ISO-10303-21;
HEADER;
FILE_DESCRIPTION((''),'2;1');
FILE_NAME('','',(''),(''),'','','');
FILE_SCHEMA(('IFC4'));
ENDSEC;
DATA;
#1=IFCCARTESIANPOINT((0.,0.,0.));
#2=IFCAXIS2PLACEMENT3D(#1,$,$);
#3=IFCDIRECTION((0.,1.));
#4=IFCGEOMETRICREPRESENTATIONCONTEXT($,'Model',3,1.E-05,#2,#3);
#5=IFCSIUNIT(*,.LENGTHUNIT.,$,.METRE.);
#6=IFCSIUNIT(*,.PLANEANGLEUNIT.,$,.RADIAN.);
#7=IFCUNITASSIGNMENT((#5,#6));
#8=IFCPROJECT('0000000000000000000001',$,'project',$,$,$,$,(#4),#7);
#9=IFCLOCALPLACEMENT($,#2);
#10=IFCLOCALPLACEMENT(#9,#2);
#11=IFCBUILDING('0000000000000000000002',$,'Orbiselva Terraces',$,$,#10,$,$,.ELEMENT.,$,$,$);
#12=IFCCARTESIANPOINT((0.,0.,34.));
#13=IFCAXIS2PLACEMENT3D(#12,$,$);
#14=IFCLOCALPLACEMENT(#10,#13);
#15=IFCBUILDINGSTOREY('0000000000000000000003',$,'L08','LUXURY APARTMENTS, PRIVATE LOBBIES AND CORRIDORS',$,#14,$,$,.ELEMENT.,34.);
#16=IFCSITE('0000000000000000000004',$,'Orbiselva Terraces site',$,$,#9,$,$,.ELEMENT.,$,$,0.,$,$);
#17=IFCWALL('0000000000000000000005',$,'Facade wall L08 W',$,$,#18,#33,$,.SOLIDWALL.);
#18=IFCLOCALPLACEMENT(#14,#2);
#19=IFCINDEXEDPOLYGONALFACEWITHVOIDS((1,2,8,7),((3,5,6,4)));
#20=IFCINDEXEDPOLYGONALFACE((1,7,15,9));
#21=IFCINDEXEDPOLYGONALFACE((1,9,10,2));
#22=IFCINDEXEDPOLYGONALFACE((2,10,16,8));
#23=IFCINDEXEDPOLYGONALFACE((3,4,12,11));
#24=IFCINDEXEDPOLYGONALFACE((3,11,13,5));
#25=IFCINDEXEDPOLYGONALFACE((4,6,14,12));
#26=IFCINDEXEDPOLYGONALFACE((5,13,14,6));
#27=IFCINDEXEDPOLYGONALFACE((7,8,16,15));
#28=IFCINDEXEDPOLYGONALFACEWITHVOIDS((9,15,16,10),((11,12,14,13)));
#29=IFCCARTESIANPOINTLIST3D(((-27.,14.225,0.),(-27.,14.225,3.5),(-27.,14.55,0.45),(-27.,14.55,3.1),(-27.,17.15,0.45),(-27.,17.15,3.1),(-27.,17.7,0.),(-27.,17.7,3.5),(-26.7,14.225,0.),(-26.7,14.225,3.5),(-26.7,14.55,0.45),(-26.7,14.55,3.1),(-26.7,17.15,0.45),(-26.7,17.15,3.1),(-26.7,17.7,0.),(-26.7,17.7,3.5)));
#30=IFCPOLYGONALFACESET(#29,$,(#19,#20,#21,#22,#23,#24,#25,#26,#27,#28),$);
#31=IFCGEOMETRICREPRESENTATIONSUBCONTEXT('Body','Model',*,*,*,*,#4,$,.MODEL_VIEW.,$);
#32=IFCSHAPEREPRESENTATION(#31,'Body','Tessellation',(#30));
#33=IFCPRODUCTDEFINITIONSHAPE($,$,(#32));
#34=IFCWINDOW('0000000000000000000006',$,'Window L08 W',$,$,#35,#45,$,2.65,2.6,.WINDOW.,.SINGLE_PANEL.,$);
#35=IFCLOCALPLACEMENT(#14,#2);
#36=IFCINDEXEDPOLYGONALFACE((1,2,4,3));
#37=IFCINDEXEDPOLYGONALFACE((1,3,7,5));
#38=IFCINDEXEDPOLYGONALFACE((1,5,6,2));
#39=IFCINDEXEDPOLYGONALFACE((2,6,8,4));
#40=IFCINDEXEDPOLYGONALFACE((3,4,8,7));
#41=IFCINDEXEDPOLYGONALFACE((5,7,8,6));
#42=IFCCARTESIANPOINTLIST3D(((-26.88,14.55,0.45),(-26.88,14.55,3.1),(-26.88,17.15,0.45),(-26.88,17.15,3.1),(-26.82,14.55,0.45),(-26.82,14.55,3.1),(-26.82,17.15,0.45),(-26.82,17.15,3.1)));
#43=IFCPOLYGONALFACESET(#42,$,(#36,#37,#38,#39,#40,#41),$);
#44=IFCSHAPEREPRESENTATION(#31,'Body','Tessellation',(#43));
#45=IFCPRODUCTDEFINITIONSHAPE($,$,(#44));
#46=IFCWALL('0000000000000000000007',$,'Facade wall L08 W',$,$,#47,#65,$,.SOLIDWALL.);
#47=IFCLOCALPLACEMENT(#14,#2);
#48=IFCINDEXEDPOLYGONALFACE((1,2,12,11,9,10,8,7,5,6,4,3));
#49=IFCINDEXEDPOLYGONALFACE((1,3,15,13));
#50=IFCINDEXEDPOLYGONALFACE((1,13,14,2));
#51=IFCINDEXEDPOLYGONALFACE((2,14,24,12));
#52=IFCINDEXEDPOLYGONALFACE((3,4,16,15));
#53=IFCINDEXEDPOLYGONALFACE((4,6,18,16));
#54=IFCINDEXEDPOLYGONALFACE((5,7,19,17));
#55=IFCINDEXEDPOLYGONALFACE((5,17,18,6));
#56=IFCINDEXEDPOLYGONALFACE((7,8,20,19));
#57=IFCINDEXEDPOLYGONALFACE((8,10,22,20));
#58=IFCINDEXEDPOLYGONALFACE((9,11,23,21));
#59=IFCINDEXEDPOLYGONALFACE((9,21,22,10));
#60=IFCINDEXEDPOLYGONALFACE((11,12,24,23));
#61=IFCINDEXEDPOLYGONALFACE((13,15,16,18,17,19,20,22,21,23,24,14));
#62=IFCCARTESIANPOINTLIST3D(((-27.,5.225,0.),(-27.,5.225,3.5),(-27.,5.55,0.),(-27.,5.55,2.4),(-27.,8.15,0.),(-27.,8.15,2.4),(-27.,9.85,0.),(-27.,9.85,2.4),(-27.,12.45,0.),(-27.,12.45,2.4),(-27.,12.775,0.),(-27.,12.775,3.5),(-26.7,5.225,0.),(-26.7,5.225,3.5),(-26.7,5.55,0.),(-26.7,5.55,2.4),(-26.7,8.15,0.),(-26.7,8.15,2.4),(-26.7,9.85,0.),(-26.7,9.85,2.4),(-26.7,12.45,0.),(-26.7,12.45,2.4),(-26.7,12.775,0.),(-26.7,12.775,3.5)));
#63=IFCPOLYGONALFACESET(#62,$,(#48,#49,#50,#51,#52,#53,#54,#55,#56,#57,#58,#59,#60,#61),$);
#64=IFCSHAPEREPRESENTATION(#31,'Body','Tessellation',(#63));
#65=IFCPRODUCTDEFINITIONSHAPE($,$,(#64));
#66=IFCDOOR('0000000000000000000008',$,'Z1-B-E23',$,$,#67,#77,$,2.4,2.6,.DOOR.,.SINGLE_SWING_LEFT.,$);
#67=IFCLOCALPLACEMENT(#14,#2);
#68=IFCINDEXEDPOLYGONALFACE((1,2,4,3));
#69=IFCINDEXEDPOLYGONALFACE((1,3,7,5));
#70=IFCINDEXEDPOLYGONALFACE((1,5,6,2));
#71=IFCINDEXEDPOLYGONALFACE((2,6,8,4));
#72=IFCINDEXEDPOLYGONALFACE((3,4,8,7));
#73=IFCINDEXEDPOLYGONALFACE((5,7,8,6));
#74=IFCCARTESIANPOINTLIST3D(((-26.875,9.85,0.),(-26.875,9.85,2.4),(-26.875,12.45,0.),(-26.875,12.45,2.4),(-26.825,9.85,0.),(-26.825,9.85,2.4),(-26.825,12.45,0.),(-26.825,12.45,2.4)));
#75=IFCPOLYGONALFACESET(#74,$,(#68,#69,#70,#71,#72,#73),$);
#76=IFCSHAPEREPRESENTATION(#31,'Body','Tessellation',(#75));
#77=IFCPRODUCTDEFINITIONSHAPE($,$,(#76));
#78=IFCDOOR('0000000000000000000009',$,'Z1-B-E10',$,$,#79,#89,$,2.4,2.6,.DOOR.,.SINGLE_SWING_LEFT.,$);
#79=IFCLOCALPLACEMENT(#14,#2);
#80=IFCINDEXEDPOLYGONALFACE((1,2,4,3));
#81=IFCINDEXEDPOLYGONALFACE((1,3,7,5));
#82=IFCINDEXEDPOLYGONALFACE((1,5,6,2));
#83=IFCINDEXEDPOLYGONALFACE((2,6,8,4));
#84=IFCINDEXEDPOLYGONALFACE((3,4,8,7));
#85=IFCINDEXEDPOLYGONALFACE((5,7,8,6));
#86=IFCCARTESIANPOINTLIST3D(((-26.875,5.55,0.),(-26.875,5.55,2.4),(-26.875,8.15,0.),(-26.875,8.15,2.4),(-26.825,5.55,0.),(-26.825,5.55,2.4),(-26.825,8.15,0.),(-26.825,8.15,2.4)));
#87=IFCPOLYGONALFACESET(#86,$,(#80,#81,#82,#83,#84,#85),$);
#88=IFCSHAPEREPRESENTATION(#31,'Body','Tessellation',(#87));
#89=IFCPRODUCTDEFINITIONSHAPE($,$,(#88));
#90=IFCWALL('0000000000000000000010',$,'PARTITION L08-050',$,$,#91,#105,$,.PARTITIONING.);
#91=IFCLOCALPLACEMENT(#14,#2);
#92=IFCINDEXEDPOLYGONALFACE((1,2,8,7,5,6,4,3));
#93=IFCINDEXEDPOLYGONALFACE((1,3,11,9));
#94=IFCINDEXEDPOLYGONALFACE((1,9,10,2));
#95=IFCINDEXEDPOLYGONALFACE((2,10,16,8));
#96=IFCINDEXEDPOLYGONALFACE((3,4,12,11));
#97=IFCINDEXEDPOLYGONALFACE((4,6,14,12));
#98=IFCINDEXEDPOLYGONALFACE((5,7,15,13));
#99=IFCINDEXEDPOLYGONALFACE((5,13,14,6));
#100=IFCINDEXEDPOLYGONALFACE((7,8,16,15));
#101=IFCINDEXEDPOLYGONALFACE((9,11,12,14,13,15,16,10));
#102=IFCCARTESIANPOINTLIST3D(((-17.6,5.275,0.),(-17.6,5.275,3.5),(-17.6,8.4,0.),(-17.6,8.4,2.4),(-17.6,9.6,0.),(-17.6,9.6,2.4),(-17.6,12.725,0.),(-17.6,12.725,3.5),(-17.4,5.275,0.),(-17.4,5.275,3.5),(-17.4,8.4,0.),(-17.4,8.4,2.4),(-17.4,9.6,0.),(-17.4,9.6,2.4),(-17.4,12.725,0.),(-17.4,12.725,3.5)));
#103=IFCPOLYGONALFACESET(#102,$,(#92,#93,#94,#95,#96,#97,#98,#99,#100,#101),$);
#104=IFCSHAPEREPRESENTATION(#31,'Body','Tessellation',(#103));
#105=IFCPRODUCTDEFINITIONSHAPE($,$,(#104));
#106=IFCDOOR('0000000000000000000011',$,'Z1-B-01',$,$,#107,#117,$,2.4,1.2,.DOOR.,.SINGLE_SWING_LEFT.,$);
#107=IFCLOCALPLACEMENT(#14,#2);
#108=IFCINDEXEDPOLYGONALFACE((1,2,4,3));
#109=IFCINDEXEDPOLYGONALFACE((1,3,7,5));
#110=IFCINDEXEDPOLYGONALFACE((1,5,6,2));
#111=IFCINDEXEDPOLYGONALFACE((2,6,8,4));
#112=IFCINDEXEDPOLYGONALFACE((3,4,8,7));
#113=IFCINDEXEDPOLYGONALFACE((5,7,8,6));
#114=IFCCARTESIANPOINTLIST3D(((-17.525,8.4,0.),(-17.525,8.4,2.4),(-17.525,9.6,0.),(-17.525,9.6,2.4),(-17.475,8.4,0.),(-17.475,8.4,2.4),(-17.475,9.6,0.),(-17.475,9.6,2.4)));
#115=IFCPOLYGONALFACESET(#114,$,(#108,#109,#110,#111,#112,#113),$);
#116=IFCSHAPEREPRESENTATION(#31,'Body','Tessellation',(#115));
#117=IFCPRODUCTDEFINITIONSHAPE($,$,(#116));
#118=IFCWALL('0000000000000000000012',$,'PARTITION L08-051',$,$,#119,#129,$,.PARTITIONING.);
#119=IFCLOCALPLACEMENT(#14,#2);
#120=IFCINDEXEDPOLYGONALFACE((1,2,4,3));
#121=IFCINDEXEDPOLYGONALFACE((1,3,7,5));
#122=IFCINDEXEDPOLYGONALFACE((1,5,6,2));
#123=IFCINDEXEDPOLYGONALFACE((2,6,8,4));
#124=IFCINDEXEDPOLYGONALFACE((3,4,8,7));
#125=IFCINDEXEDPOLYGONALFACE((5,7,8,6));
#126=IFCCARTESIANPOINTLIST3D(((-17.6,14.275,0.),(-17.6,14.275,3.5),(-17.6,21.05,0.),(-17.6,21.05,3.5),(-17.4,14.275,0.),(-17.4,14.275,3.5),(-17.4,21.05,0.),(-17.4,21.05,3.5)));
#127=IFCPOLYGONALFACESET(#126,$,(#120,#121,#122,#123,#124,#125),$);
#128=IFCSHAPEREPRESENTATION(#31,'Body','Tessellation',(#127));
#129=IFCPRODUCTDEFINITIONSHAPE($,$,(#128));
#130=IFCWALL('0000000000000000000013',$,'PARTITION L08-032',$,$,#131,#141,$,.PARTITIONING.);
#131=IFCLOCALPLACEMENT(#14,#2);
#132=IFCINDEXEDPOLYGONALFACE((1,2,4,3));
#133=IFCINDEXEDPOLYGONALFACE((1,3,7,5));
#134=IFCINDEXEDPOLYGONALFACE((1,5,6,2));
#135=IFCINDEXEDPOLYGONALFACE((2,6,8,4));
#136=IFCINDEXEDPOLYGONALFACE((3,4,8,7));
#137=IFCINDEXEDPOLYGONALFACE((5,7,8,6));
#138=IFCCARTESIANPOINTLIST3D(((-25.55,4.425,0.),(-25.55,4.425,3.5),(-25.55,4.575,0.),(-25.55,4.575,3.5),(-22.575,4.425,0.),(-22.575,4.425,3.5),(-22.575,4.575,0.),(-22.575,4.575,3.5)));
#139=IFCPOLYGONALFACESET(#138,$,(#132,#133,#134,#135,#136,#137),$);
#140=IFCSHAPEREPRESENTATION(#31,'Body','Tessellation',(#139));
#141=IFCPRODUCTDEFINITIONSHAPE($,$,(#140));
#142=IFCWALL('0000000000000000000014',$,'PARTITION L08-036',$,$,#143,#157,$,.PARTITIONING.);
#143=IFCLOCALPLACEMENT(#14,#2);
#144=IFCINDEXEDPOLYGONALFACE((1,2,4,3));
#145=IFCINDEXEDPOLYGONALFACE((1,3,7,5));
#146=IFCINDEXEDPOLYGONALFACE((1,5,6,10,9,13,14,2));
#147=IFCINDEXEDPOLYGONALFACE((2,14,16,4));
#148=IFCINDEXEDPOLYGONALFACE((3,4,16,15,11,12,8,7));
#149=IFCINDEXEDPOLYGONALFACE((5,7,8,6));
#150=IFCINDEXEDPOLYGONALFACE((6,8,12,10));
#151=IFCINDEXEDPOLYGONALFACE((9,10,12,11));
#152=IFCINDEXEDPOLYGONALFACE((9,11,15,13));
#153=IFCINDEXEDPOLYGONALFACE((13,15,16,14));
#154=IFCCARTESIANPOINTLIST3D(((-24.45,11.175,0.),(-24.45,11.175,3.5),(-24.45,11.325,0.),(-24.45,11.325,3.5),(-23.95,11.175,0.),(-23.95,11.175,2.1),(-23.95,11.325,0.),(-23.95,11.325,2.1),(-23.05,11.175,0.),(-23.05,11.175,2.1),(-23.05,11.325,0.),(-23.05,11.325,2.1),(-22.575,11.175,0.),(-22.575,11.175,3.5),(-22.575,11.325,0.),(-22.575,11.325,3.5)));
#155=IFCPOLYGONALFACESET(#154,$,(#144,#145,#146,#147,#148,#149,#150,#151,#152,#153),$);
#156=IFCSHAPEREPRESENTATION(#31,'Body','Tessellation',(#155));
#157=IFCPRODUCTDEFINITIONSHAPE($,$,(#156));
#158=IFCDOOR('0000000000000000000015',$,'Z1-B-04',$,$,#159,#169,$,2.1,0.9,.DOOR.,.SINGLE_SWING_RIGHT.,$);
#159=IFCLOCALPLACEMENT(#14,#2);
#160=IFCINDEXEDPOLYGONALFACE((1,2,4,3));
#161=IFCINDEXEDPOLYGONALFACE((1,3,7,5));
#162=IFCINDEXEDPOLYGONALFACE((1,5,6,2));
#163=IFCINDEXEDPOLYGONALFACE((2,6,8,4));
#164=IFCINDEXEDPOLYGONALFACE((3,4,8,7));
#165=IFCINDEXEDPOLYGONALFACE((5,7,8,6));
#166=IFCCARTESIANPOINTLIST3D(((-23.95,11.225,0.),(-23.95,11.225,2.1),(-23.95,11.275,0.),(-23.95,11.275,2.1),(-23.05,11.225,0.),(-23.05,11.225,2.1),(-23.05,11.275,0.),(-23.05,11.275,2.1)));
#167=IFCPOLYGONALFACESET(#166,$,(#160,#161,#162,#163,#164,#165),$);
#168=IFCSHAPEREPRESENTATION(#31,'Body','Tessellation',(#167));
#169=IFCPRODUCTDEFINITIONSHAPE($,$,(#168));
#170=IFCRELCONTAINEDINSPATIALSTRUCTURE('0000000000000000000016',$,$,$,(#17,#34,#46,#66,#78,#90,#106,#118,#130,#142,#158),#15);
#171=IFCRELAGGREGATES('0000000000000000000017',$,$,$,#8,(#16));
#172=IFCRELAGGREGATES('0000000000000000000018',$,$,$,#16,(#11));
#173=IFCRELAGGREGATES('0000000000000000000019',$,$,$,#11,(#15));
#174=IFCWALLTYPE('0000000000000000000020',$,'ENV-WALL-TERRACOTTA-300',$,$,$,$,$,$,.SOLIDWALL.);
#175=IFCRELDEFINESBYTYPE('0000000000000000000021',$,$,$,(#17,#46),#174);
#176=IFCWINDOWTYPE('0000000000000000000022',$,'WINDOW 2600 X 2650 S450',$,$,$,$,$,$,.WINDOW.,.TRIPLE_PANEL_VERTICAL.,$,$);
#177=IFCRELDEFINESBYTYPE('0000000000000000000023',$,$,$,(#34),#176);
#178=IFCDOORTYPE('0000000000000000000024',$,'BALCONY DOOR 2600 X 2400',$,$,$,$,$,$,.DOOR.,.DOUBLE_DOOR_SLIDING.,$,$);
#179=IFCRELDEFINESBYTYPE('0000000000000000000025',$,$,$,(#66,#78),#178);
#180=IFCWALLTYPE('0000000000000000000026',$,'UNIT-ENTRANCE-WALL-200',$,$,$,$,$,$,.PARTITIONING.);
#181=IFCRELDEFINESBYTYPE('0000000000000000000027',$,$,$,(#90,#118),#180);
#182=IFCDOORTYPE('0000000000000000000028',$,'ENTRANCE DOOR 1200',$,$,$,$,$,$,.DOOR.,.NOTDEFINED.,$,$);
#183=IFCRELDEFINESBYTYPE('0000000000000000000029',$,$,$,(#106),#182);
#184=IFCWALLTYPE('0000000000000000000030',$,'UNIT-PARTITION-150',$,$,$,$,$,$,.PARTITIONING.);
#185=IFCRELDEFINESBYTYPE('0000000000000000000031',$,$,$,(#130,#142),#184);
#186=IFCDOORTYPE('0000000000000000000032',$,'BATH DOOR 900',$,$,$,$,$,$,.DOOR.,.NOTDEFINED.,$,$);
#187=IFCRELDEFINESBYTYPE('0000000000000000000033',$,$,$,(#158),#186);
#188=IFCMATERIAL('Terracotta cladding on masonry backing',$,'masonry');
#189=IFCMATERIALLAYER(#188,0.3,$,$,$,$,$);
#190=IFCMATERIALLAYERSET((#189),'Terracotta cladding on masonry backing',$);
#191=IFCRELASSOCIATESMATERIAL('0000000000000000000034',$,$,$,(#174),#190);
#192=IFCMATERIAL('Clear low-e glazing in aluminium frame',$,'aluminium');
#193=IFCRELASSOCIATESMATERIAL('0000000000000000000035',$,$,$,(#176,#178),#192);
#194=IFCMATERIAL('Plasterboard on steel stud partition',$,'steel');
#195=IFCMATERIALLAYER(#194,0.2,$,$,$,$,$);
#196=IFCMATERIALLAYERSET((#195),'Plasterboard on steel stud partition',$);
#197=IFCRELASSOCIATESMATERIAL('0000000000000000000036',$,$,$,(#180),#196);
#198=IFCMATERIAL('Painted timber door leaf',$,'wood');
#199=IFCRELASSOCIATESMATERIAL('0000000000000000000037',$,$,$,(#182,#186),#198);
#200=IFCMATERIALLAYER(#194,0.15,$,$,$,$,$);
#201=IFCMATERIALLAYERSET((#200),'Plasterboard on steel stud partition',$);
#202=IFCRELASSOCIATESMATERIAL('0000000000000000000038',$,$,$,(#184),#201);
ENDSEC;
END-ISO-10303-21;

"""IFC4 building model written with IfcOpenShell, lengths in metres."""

from ifc_helpers import new_model, si_unit, direction, frame, frame_2d, origin, place, context, subcontext, project, spatial, rectangle, extrude, material, layer, layer_set, type_object, element, fill, save


model = new_model("IFC4")

# Units and contexts
model_context = context("Model", 3, precision=1e-05, world=origin(), true_north=direction((0.0, 1.0)))
body_context = subcontext(model_context, "Body", "Model", "MODEL_VIEW")
ifc_project = project(units=[si_unit("LENGTHUNIT", "METRE"), si_unit("PLANEANGLEUNIT", "RADIAN")], contexts=[model_context])

# Site, building, storey
site_placement = place(None, origin())
site = spatial("IfcSite", under=ifc_project, at=site_placement, Name="Orbiselva Terraces site", CompositionType="ELEMENT", RefElevation=0.0)
building_placement = place(site_placement, origin())
building = spatial("IfcBuilding", under=site, at=building_placement, Name="Orbiselva Terraces", CompositionType="ELEMENT")
storey_placement = place(building_placement, frame((0.0, 0.0, 34.0)))
storey = spatial("IfcBuildingStorey", under=building, at=storey_placement, Name="L08", Description="LUXURY APARTMENTS, PRIVATE LOBBIES AND CORRIDORS", CompositionType="ELEMENT", Elevation=34.0)

# Wall, opening, window
ifc_material_1 = material(Name="Terracotta cladding on masonry backing", Category="masonry")
ifc_layer_1 = layer(ifc_material_1, 0.3)
ifc_layer_set_1 = layer_set([ifc_layer_1], Name="Terracotta cladding on masonry backing")
wall_type_1 = type_object("IfcWallType", Name="ENV-WALL-TERRACOTTA-300", PredefinedType="SOLIDWALL", material=ifc_layer_set_1)
wall_1_placement = place(storey_placement, frame((-26.85, 14.225, 0.0), z_axis=(0.0, 0.0, 1.0), x_axis=(0.0, 1.0, 0.0)))
wall_1 = element("IfcWall", 1, at=wall_1_placement, inside=storey, type_object=wall_type_1, Name="Facade wall L08 W", PredefinedType="SOLIDWALL", context=body_context, shape_type="SweptSolid", body=[
    extrude(rectangle(XDim=3.475, YDim=0.3, at=frame_2d((1.7375, 0.0))), origin(), (0.0, 0.0, 1.0), 3.5),
])
opening_1_placement = place(wall_1_placement, frame((0.325, 0.0, 0.45)))
opening_1 = element("IfcOpeningElement", 2, at=opening_1_placement, cuts=wall_1, PredefinedType="OPENING", context=body_context, shape_type="SweptSolid", body=[
    extrude(rectangle(XDim=2.6, YDim=2.65, at=frame_2d((1.3, 1.325))), frame((0.0, 0.16, 0.0), z_axis=(0.0, -1.0, 0.0), x_axis=(1.0, 0.0, 0.0)), (0.0, 0.0, 1.0), 0.32),
])
ifc_material_2 = material(Name="Clear low-e glazing in aluminium frame", Category="aluminium")
window_type = type_object("IfcWindowType", Name="WINDOW 2600 X 2650 S450", PartitioningType="TRIPLE_PANEL_VERTICAL", PredefinedType="WINDOW", material=ifc_material_2)
window_placement = place(opening_1_placement, origin())
window = element("IfcWindow", 3, at=window_placement, inside=storey, type_object=window_type, Name="Window L08 W", OverallHeight=2.65, OverallWidth=2.6, PartitioningType="SINGLE_PANEL", PredefinedType="WINDOW", context=body_context, shape_type="SweptSolid", body=[
    extrude(rectangle(XDim=2.6, YDim=2.65, at=frame_2d((1.3, 1.325))), frame((0.0, 0.03, 0.0), z_axis=(0.0, -1.0, 0.0), x_axis=(1.0, 0.0, 0.0)), (0.0, 0.0, 1.0), 0.06),
])
fill(opening_1, window)

# Wall, openings, doors
wall_2_placement = place(storey_placement, frame((-26.85, 5.225, 0.0), z_axis=(0.0, 0.0, 1.0), x_axis=(0.0, 1.0, 0.0)))
wall_2 = element("IfcWall", 4, at=wall_2_placement, inside=storey, type_object=wall_type_1, Name="Facade wall L08 W", PredefinedType="SOLIDWALL", context=body_context, shape_type="SweptSolid", body=[
    extrude(rectangle(XDim=7.55, YDim=0.3, at=frame_2d((3.775, 0.0))), origin(), (0.0, 0.0, 1.0), 3.5),
])
opening_2_placement = place(wall_2_placement, frame((4.625, 0.0, 0.0)))
opening_2 = element("IfcOpeningElement", 5, at=opening_2_placement, cuts=wall_2, PredefinedType="OPENING", context=body_context, shape_type="SweptSolid", body=[
    extrude(rectangle(XDim=2.6, YDim=2.4, at=frame_2d((1.3, 1.2))), frame((0.0, 0.16, 0.0), z_axis=(0.0, -1.0, 0.0), x_axis=(1.0, 0.0, 0.0)), (0.0, 0.0, 1.0), 0.32),
])
opening_3_placement = place(wall_2_placement, frame((0.325, 0.0, 0.0)))
opening_3 = element("IfcOpeningElement", 6, at=opening_3_placement, cuts=wall_2, PredefinedType="OPENING", context=body_context, shape_type="SweptSolid", body=[
    extrude(rectangle(XDim=2.6, YDim=2.4, at=frame_2d((1.3, 1.2))), frame((0.0, 0.16, 0.0), z_axis=(0.0, -1.0, 0.0), x_axis=(1.0, 0.0, 0.0)), (0.0, 0.0, 1.0), 0.32),
])
door_type_1 = type_object("IfcDoorType", Name="BALCONY DOOR 2600 X 2400", OperationType="DOUBLE_DOOR_SLIDING", PredefinedType="DOOR", material=ifc_material_2)
door_1_placement = place(opening_2_placement, origin())
door_1 = element("IfcDoor", 7, at=door_1_placement, inside=storey, type_object=door_type_1, Name="Z1-B-E23", OperationType="SINGLE_SWING_LEFT", OverallHeight=2.4, OverallWidth=2.6, PredefinedType="DOOR", context=body_context, shape_type="SweptSolid", body=[
    extrude(rectangle(XDim=2.6, YDim=2.4, at=frame_2d((1.3, 1.2))), frame((0.0, 0.025, 0.0), z_axis=(0.0, -1.0, 0.0), x_axis=(1.0, 0.0, 0.0)), (0.0, 0.0, 1.0), 0.05),
])
fill(opening_2, door_1)
door_2_placement = place(opening_3_placement, origin())
door_2 = element("IfcDoor", 8, at=door_2_placement, inside=storey, type_object=door_type_1, Name="Z1-B-E10", OperationType="SINGLE_SWING_LEFT", OverallHeight=2.4, OverallWidth=2.6, PredefinedType="DOOR", context=body_context, shape_type="SweptSolid", body=[
    extrude(rectangle(XDim=2.6, YDim=2.4, at=frame_2d((1.3, 1.2))), frame((0.0, 0.025, 0.0), z_axis=(0.0, -1.0, 0.0), x_axis=(1.0, 0.0, 0.0)), (0.0, 0.0, 1.0), 0.05),
])
fill(opening_3, door_2)

# Wall, opening, door
ifc_material_3 = material(Name="Plasterboard on steel stud partition", Category="steel")
ifc_layer_2 = layer(ifc_material_3, 0.2)
ifc_layer_set_2 = layer_set([ifc_layer_2], Name="Plasterboard on steel stud partition")
wall_type_2 = type_object("IfcWallType", Name="UNIT-ENTRANCE-WALL-200", PredefinedType="PARTITIONING", material=ifc_layer_set_2)
wall_3_placement = place(storey_placement, frame((-17.5, 5.275, 0.0), z_axis=(0.0, 0.0, 1.0), x_axis=(0.0, 1.0, 0.0)))
wall_3 = element("IfcWall", 9, at=wall_3_placement, inside=storey, type_object=wall_type_2, Name="PARTITION L08-050", PredefinedType="PARTITIONING", context=body_context, shape_type="SweptSolid", body=[
    extrude(rectangle(XDim=7.45, YDim=0.2, at=frame_2d((3.725, 0.0))), origin(), (0.0, 0.0, 1.0), 3.5),
])
opening_4_placement = place(wall_3_placement, frame((3.125, 0.0, 0.0)))
opening_4 = element("IfcOpeningElement", 10, at=opening_4_placement, cuts=wall_3, PredefinedType="OPENING", context=body_context, shape_type="SweptSolid", body=[
    extrude(rectangle(XDim=1.2, YDim=2.4, at=frame_2d((0.6, 1.2))), frame((0.0, 0.11, 0.0), z_axis=(0.0, -1.0, 0.0), x_axis=(1.0, 0.0, 0.0)), (0.0, 0.0, 1.0), 0.22),
])
ifc_material_4 = material(Name="Painted timber door leaf", Category="wood")
door_type_2 = type_object("IfcDoorType", Name="ENTRANCE DOOR 1200", OperationType="NOTDEFINED", PredefinedType="DOOR", material=ifc_material_4)
door_3_placement = place(opening_4_placement, origin())
door_3 = element("IfcDoor", 11, at=door_3_placement, inside=storey, type_object=door_type_2, Name="Z1-B-01", OperationType="SINGLE_SWING_LEFT", OverallHeight=2.4, OverallWidth=1.2, PredefinedType="DOOR", context=body_context, shape_type="SweptSolid", body=[
    extrude(rectangle(XDim=1.2, YDim=2.4, at=frame_2d((0.6, 1.2))), frame((0.0, 0.025, 0.0), z_axis=(0.0, -1.0, 0.0), x_axis=(1.0, 0.0, 0.0)), (0.0, 0.0, 1.0), 0.05),
])
fill(opening_4, door_3)

# Walls
wall_4_placement = place(storey_placement, frame((-17.5, 14.275, 0.0), z_axis=(0.0, 0.0, 1.0), x_axis=(0.0, 1.0, 0.0)))
element("IfcWall", 12, at=wall_4_placement, inside=storey, type_object=wall_type_2, Name="PARTITION L08-051", PredefinedType="PARTITIONING", context=body_context, shape_type="SweptSolid", body=[
    extrude(rectangle(XDim=6.775, YDim=0.2, at=frame_2d((3.3875, 0.0))), origin(), (0.0, 0.0, 1.0), 3.5),
])
ifc_layer_3 = layer(ifc_material_3, 0.15)
ifc_layer_set_3 = layer_set([ifc_layer_3], Name="Plasterboard on steel stud partition")
wall_type_3 = type_object("IfcWallType", Name="UNIT-PARTITION-150", PredefinedType="PARTITIONING", material=ifc_layer_set_3)
wall_5_placement = place(storey_placement, frame((-25.55, 4.5, 0.0), z_axis=(0.0, 0.0, 1.0), x_axis=(1.0, 0.0, 0.0)))
element("IfcWall", 13, at=wall_5_placement, inside=storey, type_object=wall_type_3, Name="PARTITION L08-032", PredefinedType="PARTITIONING", context=body_context, shape_type="SweptSolid", body=[
    extrude(rectangle(XDim=2.975, YDim=0.15, at=frame_2d((1.4875, 0.0))), origin(), (0.0, 0.0, 1.0), 3.5),
])

# Wall, opening, door
wall_6_placement = place(storey_placement, frame((-24.45, 11.25, 0.0), z_axis=(0.0, 0.0, 1.0), x_axis=(1.0, 0.0, 0.0)))
wall_6 = element("IfcWall", 14, at=wall_6_placement, inside=storey, type_object=wall_type_3, Name="PARTITION L08-036", PredefinedType="PARTITIONING", context=body_context, shape_type="SweptSolid", body=[
    extrude(rectangle(XDim=1.875, YDim=0.15, at=frame_2d((0.9375, 0.0))), origin(), (0.0, 0.0, 1.0), 3.5),
])
opening_5_placement = place(wall_6_placement, frame((0.5, 0.0, 0.0)))
opening_5 = element("IfcOpeningElement", 15, at=opening_5_placement, cuts=wall_6, PredefinedType="OPENING", context=body_context, shape_type="SweptSolid", body=[
    extrude(rectangle(XDim=0.9, YDim=2.1, at=frame_2d((0.45, 1.05))), frame((0.0, 0.085, 0.0), z_axis=(0.0, -1.0, 0.0), x_axis=(1.0, 0.0, 0.0)), (0.0, 0.0, 1.0), 0.17),
])
door_type_3 = type_object("IfcDoorType", Name="BATH DOOR 900", OperationType="NOTDEFINED", PredefinedType="DOOR", material=ifc_material_4)
door_4_placement = place(opening_5_placement, origin())
door_4 = element("IfcDoor", 16, at=door_4_placement, inside=storey, type_object=door_type_3, Name="Z1-B-04", OperationType="SINGLE_SWING_RIGHT", OverallHeight=2.1, OverallWidth=0.9, PredefinedType="DOOR", context=body_context, shape_type="SweptSolid", body=[
    extrude(rectangle(XDim=0.9, YDim=2.1, at=frame_2d((0.45, 1.05))), frame((0.0, 0.025, 0.0), z_axis=(0.0, -1.0, 0.0), x_axis=(1.0, 0.0, 0.0)), (0.0, 0.0, 1.0), 0.05),
])
fill(opening_5, door_4)

save(model, "model.ifc")
